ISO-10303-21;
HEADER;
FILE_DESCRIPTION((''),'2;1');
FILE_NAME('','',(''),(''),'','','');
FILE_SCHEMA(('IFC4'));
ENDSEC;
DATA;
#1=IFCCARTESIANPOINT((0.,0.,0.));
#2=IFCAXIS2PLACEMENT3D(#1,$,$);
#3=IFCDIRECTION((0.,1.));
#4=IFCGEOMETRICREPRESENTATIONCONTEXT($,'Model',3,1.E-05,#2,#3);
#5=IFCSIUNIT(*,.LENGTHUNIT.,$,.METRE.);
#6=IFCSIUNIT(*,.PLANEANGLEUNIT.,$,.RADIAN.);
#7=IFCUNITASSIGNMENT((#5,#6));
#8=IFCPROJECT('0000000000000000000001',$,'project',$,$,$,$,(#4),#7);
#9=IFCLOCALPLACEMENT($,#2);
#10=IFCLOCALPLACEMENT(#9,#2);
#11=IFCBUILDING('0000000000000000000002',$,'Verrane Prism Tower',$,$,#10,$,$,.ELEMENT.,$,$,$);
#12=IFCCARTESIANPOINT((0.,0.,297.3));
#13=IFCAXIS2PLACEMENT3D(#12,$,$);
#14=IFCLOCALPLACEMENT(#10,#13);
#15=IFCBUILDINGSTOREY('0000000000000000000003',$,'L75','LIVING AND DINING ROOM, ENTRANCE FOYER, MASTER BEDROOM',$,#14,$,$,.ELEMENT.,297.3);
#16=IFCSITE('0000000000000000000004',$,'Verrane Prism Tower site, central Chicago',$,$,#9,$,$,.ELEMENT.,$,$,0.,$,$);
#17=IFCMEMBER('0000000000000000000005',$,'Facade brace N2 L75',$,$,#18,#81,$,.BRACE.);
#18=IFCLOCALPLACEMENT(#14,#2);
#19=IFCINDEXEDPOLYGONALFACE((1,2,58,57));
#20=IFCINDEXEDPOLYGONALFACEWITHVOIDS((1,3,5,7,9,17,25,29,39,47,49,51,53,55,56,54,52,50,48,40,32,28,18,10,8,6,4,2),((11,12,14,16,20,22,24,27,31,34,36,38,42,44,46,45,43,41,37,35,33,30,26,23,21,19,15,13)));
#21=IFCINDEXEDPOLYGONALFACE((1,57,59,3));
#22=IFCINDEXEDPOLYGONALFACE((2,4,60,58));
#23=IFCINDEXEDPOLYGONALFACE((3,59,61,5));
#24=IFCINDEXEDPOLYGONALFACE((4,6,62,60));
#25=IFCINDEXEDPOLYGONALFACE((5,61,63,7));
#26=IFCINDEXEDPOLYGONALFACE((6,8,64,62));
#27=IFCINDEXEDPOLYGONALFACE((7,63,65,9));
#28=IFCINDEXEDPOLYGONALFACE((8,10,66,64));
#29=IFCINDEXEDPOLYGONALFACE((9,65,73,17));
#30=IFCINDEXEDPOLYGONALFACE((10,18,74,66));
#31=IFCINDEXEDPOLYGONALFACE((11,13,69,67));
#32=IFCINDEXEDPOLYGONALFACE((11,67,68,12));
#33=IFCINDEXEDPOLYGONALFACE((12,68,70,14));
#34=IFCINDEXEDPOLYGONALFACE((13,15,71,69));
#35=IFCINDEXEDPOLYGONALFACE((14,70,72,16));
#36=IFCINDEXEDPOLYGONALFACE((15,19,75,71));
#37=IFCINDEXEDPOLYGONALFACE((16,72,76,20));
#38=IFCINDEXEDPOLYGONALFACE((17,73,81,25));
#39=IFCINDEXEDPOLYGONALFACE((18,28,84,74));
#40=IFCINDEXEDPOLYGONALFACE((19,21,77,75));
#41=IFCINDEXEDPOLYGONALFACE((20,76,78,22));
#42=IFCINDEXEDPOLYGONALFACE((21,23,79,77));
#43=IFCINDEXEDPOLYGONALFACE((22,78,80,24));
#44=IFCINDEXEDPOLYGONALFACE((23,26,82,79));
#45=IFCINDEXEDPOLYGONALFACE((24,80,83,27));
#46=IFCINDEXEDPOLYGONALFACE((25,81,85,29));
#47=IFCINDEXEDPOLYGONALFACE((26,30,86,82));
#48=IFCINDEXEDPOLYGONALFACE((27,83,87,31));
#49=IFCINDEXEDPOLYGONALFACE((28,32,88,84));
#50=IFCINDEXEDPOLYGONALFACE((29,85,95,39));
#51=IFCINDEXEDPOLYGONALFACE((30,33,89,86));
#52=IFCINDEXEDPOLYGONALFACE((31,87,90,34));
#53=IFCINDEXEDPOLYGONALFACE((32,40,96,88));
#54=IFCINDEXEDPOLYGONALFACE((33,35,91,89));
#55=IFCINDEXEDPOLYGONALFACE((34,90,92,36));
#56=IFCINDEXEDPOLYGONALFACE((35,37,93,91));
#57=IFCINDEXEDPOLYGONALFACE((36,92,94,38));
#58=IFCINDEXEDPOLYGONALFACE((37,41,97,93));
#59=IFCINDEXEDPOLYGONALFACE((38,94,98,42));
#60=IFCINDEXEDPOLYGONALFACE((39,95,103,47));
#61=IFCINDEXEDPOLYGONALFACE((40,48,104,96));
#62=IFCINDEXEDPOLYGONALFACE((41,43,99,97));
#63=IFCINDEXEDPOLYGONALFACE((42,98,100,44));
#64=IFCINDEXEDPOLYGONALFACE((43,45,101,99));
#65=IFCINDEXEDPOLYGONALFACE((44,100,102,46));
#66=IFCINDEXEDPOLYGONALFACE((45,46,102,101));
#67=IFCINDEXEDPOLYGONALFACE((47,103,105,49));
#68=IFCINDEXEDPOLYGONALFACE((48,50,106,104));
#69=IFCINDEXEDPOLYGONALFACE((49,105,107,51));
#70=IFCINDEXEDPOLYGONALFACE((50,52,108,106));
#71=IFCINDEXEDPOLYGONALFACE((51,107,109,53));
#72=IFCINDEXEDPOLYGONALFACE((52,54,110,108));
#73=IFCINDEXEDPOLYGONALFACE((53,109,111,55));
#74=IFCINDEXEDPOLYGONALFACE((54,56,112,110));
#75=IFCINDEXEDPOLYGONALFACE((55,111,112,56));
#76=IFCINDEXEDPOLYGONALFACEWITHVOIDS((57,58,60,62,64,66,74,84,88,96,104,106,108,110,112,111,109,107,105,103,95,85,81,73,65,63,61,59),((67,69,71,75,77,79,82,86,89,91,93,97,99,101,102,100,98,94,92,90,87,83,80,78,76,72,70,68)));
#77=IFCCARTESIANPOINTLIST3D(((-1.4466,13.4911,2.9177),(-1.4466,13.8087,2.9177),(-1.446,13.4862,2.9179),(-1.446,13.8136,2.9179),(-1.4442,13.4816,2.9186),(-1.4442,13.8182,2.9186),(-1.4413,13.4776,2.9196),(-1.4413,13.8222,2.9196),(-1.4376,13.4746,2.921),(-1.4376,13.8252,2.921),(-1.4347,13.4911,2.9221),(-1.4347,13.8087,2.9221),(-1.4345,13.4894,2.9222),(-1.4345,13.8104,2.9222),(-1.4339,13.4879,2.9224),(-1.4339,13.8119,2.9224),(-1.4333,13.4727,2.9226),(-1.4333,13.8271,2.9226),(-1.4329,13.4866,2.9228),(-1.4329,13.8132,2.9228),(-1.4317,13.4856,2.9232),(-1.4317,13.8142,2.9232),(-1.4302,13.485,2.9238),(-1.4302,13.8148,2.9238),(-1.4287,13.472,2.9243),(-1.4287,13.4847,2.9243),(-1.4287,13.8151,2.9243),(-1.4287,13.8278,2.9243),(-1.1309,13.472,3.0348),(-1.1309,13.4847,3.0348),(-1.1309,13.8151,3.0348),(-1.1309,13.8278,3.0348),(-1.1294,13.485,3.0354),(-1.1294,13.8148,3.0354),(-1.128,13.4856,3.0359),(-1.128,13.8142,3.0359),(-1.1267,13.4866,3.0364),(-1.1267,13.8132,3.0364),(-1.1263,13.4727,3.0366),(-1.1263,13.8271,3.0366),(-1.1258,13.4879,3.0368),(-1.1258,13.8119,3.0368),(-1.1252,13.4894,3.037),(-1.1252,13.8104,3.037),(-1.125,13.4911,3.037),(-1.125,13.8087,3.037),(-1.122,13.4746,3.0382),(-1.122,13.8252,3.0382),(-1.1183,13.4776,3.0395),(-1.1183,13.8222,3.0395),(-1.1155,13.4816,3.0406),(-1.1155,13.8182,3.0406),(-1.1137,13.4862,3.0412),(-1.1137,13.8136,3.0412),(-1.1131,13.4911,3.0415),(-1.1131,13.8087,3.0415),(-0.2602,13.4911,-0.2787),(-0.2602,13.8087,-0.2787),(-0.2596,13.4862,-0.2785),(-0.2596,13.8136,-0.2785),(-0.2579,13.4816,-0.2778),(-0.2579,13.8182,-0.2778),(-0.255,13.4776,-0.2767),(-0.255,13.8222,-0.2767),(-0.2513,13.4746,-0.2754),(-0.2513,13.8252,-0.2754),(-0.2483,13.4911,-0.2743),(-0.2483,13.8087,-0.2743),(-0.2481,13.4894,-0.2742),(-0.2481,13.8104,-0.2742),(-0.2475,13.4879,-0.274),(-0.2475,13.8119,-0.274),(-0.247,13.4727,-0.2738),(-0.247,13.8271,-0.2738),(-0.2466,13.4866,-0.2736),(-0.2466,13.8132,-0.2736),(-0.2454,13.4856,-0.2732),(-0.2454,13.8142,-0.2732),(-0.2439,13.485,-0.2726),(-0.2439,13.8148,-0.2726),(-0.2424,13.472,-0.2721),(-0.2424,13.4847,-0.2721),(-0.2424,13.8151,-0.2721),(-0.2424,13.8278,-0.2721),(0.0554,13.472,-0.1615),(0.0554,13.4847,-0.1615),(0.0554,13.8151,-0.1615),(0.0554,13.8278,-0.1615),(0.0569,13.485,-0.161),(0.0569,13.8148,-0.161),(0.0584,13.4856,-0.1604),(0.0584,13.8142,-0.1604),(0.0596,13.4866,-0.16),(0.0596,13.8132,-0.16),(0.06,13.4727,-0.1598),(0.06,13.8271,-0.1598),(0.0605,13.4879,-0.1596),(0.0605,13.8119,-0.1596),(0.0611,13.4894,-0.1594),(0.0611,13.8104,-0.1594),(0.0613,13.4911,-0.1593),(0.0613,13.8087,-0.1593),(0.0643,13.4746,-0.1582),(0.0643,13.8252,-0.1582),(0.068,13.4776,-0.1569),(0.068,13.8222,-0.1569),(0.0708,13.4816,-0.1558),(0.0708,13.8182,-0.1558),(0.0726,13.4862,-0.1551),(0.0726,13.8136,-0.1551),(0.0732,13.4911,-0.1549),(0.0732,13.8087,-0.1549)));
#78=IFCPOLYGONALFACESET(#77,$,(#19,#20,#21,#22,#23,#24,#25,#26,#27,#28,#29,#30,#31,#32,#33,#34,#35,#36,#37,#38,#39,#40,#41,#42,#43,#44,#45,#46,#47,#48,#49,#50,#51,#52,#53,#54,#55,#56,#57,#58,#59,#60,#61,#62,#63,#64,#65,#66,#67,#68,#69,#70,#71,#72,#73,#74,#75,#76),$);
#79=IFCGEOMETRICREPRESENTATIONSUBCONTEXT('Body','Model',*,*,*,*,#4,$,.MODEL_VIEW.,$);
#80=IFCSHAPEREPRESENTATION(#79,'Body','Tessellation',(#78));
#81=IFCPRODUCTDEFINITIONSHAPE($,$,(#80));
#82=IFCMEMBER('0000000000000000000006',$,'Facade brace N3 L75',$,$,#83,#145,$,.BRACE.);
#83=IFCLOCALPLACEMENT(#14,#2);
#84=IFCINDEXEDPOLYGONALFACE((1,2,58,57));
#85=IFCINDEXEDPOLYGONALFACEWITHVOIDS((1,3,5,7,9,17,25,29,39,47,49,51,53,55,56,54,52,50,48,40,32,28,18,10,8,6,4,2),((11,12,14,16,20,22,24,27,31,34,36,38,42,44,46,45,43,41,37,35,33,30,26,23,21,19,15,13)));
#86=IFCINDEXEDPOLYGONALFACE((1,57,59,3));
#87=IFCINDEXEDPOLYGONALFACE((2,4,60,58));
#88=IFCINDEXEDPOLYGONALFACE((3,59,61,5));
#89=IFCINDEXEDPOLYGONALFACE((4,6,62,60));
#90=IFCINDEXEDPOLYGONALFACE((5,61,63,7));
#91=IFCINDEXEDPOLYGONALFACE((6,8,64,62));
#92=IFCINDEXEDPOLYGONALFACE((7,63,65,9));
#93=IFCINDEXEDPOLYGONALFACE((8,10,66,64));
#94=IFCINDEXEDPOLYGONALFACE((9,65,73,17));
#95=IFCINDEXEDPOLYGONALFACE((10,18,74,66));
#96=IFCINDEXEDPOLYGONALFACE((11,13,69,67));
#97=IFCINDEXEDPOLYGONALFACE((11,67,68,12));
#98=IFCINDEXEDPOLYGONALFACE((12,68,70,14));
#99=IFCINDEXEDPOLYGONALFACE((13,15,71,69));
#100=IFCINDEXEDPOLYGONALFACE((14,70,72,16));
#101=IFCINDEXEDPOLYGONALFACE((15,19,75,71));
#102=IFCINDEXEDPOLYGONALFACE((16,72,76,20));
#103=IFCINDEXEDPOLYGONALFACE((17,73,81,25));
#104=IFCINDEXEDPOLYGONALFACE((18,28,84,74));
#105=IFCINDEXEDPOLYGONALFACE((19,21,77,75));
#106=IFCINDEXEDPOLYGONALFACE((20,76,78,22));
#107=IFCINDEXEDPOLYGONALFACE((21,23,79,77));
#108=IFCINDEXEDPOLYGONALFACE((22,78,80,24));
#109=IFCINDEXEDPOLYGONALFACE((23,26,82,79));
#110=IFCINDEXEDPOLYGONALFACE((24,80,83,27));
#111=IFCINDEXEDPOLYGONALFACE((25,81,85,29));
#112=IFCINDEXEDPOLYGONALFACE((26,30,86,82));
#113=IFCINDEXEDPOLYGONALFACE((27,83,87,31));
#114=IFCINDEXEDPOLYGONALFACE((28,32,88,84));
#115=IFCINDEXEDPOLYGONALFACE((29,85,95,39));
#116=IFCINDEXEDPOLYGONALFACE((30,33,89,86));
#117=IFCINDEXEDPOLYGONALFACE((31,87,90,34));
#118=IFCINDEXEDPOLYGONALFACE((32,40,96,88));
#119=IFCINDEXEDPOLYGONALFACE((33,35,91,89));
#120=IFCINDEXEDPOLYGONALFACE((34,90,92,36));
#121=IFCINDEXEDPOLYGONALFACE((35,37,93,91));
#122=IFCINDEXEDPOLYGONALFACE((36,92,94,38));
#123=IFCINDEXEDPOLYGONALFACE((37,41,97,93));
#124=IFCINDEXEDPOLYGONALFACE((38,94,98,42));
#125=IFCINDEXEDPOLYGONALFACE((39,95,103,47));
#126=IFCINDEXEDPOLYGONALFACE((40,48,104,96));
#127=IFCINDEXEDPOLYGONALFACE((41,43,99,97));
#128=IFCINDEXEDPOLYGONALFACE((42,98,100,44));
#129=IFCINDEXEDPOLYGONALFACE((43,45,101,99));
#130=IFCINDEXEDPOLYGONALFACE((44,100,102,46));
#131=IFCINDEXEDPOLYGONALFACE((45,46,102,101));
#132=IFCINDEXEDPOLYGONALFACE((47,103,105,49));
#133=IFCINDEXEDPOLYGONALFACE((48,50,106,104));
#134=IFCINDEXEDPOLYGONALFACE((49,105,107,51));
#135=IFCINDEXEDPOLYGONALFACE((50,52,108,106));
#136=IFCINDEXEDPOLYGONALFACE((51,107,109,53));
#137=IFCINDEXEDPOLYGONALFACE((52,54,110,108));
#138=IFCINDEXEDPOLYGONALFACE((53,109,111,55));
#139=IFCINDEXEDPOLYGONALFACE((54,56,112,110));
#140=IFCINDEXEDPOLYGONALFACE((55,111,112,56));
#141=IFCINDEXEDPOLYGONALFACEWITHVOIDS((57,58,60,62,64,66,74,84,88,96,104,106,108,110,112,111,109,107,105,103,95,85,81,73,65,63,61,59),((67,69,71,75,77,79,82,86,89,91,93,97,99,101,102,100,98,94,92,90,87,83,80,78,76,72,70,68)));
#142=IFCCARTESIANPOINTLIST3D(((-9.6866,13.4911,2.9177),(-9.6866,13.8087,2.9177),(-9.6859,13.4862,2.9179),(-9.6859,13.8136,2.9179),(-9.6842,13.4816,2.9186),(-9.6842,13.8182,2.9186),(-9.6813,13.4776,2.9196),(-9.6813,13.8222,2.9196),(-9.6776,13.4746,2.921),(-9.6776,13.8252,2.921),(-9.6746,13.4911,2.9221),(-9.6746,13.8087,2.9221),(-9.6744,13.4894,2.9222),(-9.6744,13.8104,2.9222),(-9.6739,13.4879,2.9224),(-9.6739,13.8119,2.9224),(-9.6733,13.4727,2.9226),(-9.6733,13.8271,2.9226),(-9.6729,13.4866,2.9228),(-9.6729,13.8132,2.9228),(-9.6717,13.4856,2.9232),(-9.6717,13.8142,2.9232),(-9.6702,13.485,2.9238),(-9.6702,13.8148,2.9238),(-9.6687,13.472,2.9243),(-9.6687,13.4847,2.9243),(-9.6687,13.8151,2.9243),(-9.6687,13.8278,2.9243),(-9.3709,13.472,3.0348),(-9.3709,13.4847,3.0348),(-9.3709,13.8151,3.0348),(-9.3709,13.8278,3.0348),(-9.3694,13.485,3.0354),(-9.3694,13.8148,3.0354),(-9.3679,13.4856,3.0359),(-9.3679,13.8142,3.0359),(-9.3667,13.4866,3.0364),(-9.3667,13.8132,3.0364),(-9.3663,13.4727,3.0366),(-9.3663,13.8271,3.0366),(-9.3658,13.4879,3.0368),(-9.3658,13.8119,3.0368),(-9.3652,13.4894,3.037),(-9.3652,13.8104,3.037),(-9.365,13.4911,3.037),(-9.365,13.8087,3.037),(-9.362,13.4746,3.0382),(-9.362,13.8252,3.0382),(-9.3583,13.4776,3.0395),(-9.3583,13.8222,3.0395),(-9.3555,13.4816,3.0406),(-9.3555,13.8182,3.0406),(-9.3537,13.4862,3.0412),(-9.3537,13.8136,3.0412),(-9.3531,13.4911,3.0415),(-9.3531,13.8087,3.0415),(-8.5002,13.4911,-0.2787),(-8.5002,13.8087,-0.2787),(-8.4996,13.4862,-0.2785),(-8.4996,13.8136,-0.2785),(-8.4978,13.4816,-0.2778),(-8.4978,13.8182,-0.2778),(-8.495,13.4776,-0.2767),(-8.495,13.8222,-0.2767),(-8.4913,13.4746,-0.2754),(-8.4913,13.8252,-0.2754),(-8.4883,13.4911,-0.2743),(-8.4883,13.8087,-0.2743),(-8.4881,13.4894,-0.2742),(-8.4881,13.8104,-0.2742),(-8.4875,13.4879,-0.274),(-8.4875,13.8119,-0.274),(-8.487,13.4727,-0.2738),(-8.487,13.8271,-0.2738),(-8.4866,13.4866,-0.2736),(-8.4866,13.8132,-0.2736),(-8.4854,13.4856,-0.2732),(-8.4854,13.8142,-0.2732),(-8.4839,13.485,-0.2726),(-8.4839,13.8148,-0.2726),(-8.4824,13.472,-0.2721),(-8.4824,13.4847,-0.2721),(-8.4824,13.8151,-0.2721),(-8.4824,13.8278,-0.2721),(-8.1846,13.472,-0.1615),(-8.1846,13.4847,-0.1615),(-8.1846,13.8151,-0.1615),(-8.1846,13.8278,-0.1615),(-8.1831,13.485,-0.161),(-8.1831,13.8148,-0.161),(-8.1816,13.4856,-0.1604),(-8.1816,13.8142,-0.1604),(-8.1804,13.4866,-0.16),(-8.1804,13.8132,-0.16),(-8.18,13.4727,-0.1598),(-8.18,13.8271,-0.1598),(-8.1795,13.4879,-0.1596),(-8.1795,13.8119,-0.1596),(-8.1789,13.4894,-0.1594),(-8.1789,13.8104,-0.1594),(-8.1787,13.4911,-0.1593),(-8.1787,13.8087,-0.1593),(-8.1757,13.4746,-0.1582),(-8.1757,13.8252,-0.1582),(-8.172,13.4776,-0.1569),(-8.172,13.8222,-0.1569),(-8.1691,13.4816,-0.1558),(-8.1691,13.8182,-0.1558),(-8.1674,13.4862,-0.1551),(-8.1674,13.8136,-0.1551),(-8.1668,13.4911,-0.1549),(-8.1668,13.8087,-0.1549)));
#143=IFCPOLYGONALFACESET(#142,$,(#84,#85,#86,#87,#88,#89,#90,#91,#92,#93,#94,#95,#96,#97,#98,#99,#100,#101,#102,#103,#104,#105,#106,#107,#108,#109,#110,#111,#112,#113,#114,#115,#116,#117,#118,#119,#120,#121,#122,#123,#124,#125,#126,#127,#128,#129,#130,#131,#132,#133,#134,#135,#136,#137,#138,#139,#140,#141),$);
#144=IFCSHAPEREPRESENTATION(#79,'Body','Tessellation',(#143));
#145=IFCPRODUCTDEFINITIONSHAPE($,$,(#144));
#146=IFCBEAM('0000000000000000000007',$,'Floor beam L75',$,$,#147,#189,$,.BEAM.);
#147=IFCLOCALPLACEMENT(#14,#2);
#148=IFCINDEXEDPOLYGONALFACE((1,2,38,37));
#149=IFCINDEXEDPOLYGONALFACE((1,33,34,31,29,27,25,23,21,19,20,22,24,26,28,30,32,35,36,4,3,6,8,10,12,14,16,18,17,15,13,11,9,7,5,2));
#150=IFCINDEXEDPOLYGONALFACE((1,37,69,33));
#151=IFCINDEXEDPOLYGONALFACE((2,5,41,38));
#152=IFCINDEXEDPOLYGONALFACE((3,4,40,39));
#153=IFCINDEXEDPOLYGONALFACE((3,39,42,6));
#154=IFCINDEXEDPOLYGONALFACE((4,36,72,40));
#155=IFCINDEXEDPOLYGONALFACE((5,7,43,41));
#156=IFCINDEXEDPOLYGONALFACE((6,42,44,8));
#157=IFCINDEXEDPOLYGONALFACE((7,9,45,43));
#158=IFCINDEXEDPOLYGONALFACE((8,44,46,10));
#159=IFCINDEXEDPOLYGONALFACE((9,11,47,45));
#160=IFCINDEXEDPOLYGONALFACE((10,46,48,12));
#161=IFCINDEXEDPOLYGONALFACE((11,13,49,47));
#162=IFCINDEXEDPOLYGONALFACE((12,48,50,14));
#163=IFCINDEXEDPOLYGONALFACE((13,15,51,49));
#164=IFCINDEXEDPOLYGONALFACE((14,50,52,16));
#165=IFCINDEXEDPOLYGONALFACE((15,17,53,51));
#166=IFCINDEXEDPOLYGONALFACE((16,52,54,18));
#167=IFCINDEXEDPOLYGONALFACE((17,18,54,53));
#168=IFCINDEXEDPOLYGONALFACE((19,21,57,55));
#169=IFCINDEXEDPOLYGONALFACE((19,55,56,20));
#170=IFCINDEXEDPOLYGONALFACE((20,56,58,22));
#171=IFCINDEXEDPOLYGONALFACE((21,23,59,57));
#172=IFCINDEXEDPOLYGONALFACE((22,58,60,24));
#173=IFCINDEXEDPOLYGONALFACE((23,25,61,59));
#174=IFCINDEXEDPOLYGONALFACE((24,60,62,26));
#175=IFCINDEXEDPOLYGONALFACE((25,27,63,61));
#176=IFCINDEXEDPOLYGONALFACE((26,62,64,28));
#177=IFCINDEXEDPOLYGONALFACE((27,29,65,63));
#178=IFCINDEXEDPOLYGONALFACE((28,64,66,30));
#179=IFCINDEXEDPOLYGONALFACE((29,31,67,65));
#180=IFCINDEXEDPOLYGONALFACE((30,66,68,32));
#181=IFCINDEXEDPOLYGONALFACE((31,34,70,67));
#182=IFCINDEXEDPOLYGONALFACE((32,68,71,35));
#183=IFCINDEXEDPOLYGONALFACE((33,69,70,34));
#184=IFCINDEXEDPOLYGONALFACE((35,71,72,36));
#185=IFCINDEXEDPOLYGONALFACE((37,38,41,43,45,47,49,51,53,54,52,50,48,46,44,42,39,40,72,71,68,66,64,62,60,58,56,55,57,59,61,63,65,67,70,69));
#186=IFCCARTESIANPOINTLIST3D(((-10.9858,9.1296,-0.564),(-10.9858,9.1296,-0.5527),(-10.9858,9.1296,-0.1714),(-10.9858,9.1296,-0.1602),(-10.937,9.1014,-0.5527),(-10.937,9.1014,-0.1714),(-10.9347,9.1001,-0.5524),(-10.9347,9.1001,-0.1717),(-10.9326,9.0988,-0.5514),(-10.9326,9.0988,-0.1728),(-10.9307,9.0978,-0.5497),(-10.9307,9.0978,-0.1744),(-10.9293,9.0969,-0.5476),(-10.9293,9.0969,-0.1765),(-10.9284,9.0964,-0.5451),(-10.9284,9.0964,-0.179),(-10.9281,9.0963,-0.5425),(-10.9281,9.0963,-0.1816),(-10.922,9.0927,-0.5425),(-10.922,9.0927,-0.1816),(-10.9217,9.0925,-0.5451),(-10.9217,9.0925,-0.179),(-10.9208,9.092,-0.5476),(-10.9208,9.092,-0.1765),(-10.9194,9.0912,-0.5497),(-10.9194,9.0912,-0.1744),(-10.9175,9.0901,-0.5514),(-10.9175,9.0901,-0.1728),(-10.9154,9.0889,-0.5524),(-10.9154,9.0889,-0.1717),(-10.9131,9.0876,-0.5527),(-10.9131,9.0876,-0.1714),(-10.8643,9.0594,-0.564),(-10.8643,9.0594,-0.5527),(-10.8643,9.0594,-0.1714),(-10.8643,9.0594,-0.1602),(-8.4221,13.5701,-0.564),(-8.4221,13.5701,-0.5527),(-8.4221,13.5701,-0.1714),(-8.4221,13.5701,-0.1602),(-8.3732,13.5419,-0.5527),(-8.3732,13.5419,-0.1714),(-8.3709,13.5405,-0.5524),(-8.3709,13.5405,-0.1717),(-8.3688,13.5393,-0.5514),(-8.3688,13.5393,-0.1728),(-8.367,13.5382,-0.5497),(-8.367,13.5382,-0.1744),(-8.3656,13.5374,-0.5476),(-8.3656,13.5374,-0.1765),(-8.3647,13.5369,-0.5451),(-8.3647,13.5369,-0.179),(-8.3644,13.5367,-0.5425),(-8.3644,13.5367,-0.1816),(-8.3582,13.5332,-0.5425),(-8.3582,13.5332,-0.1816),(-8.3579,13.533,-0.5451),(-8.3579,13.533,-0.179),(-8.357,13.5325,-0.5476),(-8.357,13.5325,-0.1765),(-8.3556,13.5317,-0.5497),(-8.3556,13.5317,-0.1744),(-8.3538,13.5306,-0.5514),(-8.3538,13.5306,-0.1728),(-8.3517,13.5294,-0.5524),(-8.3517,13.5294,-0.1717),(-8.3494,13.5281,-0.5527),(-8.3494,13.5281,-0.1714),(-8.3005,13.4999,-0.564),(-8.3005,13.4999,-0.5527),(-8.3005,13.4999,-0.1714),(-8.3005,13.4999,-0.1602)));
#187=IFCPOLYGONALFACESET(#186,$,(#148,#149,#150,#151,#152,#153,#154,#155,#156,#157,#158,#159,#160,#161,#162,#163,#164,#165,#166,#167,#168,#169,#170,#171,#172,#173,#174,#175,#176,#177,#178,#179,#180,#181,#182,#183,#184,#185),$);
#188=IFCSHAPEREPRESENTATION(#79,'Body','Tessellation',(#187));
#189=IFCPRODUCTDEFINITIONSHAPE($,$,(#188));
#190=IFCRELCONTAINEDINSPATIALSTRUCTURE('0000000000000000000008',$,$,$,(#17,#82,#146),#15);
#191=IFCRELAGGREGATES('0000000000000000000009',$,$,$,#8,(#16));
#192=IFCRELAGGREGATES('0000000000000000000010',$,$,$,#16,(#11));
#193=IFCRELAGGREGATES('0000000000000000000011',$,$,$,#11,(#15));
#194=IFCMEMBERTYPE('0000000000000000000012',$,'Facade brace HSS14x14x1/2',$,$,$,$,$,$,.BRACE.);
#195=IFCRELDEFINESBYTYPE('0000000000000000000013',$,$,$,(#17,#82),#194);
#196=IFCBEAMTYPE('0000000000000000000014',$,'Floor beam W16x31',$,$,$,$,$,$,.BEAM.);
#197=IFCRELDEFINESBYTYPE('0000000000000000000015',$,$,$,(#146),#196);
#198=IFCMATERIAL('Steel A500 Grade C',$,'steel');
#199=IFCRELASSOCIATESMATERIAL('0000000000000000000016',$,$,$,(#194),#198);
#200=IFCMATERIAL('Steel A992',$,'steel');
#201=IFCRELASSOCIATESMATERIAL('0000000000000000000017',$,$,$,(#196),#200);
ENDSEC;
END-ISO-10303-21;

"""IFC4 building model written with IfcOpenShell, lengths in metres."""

from ifc_helpers import new_model, si_unit, direction, frame, origin, origin_2d, place, context, subcontext, project, spatial, hollow_rectangle, i_section, extrude, material, material_profile, profile_set, type_object, element, save


model = new_model("IFC4")

# Units and contexts
model_context = context("Model", 3, precision=1e-05, world=origin(), true_north=direction((0.0, 1.0)))
body_context = subcontext(model_context, "Body", "Model", "MODEL_VIEW")
ifc_project = project(units=[si_unit("LENGTHUNIT", "METRE"), si_unit("PLANEANGLEUNIT", "RADIAN")], contexts=[model_context])

# Site, building, storey
site_placement = place(None, origin())
site = spatial("IfcSite", under=ifc_project, at=site_placement, Name="Verrane Prism Tower site, central Chicago", CompositionType="ELEMENT", RefElevation=0.0)
building_placement = place(site_placement, origin())
building = spatial("IfcBuilding", under=site, at=building_placement, Name="Verrane Prism Tower", CompositionType="ELEMENT")
storey_placement = place(building_placement, frame((0.0, 0.0, 297.3)))
storey = spatial("IfcBuildingStorey", under=building, at=storey_placement, Name="L75", Description="LIVING AND DINING ROOM, ENTRANCE FOYER, MASTER BEDROOM", CompositionType="ELEMENT", Elevation=297.3)

# Members
ifc_material_1 = material(Name="Steel A500 Grade C", Category="steel")
ifc_material_profile_1 = material_profile(ifc_material_1, hollow_rectangle(XDim=0.3557, YDim=0.3557, WallThickness=0.0127, InnerFilletRadius=0.0063, OuterFilletRadius=0.019, at=origin_2d()), Name="HSS14x14x1/2")
ifc_profile_set_1 = profile_set([ifc_material_profile_1], Name="Steel A500 Grade C")
member_type_1 = type_object("IfcMemberType", Name="Facade brace HSS14x14x1/2", PredefinedType="BRACE", material=ifc_profile_set_1)
for number, where, z_axis, x_axis, name in (
    (1, (-0.0935, 13.6499, -0.2168), (-0.347951, 0.0, 0.937513), (0.0, -1.0, 0.0), "Facade brace N2 L75"),
    (2, (-8.3335, 13.6499, -0.2168), (-0.347951, 0.0, 0.937513), (0.0, -1.0, 0.0), "Facade brace N3 L75"),
):
    element("IfcMember", number, at=place(storey_placement, frame(where, z_axis=z_axis, x_axis=x_axis)), inside=storey, type_object=member_type_1, Name=name, PredefinedType="BRACE", context=body_context, shape_type="SweptSolid", body=[
        extrude(hollow_rectangle(XDim=0.3557, YDim=0.3557, WallThickness=0.0127, InnerFilletRadius=0.0063, OuterFilletRadius=0.019, at=origin_2d()), origin(), (0.0, 0.0, 1.0), 3.4094),
    ])

# Beam
ifc_material_2 = material(Name="Steel A992", Category="steel")
ifc_material_profile_2 = material_profile(ifc_material_2, i_section(OverallWidth=0.1404, OverallDepth=0.4038, WebThickness=0.0071, FlangeThickness=0.0112, FilletRadius=0.0103, at=origin_2d()), Name="W16x31")
ifc_profile_set_2 = profile_set([ifc_material_profile_2], Name="Steel A992")
beam_type_1 = type_object("IfcBeamType", Name="Floor beam W16x31", PredefinedType="BEAM", material=ifc_profile_set_2)
beam_1_placement = place(storey_placement, frame((-10.925, 9.0945, -0.3621), z_axis=(0.500005, 0.866022, 0.0), x_axis=(-0.866022, 0.500005, 0.0)))
element("IfcBeam", 3, at=beam_1_placement, inside=storey, type_object=beam_type_1, Name="Floor beam L75", PredefinedType="BEAM", context=body_context, shape_type="SweptSolid", body=[
    extrude(i_section(OverallWidth=0.1404, OverallDepth=0.4038, WebThickness=0.0071, FlangeThickness=0.0112, FilletRadius=0.0103, at=origin_2d()), origin(), (0.0, 0.0, 1.0), 5.1274),
])

save(model, "model.ifc")
